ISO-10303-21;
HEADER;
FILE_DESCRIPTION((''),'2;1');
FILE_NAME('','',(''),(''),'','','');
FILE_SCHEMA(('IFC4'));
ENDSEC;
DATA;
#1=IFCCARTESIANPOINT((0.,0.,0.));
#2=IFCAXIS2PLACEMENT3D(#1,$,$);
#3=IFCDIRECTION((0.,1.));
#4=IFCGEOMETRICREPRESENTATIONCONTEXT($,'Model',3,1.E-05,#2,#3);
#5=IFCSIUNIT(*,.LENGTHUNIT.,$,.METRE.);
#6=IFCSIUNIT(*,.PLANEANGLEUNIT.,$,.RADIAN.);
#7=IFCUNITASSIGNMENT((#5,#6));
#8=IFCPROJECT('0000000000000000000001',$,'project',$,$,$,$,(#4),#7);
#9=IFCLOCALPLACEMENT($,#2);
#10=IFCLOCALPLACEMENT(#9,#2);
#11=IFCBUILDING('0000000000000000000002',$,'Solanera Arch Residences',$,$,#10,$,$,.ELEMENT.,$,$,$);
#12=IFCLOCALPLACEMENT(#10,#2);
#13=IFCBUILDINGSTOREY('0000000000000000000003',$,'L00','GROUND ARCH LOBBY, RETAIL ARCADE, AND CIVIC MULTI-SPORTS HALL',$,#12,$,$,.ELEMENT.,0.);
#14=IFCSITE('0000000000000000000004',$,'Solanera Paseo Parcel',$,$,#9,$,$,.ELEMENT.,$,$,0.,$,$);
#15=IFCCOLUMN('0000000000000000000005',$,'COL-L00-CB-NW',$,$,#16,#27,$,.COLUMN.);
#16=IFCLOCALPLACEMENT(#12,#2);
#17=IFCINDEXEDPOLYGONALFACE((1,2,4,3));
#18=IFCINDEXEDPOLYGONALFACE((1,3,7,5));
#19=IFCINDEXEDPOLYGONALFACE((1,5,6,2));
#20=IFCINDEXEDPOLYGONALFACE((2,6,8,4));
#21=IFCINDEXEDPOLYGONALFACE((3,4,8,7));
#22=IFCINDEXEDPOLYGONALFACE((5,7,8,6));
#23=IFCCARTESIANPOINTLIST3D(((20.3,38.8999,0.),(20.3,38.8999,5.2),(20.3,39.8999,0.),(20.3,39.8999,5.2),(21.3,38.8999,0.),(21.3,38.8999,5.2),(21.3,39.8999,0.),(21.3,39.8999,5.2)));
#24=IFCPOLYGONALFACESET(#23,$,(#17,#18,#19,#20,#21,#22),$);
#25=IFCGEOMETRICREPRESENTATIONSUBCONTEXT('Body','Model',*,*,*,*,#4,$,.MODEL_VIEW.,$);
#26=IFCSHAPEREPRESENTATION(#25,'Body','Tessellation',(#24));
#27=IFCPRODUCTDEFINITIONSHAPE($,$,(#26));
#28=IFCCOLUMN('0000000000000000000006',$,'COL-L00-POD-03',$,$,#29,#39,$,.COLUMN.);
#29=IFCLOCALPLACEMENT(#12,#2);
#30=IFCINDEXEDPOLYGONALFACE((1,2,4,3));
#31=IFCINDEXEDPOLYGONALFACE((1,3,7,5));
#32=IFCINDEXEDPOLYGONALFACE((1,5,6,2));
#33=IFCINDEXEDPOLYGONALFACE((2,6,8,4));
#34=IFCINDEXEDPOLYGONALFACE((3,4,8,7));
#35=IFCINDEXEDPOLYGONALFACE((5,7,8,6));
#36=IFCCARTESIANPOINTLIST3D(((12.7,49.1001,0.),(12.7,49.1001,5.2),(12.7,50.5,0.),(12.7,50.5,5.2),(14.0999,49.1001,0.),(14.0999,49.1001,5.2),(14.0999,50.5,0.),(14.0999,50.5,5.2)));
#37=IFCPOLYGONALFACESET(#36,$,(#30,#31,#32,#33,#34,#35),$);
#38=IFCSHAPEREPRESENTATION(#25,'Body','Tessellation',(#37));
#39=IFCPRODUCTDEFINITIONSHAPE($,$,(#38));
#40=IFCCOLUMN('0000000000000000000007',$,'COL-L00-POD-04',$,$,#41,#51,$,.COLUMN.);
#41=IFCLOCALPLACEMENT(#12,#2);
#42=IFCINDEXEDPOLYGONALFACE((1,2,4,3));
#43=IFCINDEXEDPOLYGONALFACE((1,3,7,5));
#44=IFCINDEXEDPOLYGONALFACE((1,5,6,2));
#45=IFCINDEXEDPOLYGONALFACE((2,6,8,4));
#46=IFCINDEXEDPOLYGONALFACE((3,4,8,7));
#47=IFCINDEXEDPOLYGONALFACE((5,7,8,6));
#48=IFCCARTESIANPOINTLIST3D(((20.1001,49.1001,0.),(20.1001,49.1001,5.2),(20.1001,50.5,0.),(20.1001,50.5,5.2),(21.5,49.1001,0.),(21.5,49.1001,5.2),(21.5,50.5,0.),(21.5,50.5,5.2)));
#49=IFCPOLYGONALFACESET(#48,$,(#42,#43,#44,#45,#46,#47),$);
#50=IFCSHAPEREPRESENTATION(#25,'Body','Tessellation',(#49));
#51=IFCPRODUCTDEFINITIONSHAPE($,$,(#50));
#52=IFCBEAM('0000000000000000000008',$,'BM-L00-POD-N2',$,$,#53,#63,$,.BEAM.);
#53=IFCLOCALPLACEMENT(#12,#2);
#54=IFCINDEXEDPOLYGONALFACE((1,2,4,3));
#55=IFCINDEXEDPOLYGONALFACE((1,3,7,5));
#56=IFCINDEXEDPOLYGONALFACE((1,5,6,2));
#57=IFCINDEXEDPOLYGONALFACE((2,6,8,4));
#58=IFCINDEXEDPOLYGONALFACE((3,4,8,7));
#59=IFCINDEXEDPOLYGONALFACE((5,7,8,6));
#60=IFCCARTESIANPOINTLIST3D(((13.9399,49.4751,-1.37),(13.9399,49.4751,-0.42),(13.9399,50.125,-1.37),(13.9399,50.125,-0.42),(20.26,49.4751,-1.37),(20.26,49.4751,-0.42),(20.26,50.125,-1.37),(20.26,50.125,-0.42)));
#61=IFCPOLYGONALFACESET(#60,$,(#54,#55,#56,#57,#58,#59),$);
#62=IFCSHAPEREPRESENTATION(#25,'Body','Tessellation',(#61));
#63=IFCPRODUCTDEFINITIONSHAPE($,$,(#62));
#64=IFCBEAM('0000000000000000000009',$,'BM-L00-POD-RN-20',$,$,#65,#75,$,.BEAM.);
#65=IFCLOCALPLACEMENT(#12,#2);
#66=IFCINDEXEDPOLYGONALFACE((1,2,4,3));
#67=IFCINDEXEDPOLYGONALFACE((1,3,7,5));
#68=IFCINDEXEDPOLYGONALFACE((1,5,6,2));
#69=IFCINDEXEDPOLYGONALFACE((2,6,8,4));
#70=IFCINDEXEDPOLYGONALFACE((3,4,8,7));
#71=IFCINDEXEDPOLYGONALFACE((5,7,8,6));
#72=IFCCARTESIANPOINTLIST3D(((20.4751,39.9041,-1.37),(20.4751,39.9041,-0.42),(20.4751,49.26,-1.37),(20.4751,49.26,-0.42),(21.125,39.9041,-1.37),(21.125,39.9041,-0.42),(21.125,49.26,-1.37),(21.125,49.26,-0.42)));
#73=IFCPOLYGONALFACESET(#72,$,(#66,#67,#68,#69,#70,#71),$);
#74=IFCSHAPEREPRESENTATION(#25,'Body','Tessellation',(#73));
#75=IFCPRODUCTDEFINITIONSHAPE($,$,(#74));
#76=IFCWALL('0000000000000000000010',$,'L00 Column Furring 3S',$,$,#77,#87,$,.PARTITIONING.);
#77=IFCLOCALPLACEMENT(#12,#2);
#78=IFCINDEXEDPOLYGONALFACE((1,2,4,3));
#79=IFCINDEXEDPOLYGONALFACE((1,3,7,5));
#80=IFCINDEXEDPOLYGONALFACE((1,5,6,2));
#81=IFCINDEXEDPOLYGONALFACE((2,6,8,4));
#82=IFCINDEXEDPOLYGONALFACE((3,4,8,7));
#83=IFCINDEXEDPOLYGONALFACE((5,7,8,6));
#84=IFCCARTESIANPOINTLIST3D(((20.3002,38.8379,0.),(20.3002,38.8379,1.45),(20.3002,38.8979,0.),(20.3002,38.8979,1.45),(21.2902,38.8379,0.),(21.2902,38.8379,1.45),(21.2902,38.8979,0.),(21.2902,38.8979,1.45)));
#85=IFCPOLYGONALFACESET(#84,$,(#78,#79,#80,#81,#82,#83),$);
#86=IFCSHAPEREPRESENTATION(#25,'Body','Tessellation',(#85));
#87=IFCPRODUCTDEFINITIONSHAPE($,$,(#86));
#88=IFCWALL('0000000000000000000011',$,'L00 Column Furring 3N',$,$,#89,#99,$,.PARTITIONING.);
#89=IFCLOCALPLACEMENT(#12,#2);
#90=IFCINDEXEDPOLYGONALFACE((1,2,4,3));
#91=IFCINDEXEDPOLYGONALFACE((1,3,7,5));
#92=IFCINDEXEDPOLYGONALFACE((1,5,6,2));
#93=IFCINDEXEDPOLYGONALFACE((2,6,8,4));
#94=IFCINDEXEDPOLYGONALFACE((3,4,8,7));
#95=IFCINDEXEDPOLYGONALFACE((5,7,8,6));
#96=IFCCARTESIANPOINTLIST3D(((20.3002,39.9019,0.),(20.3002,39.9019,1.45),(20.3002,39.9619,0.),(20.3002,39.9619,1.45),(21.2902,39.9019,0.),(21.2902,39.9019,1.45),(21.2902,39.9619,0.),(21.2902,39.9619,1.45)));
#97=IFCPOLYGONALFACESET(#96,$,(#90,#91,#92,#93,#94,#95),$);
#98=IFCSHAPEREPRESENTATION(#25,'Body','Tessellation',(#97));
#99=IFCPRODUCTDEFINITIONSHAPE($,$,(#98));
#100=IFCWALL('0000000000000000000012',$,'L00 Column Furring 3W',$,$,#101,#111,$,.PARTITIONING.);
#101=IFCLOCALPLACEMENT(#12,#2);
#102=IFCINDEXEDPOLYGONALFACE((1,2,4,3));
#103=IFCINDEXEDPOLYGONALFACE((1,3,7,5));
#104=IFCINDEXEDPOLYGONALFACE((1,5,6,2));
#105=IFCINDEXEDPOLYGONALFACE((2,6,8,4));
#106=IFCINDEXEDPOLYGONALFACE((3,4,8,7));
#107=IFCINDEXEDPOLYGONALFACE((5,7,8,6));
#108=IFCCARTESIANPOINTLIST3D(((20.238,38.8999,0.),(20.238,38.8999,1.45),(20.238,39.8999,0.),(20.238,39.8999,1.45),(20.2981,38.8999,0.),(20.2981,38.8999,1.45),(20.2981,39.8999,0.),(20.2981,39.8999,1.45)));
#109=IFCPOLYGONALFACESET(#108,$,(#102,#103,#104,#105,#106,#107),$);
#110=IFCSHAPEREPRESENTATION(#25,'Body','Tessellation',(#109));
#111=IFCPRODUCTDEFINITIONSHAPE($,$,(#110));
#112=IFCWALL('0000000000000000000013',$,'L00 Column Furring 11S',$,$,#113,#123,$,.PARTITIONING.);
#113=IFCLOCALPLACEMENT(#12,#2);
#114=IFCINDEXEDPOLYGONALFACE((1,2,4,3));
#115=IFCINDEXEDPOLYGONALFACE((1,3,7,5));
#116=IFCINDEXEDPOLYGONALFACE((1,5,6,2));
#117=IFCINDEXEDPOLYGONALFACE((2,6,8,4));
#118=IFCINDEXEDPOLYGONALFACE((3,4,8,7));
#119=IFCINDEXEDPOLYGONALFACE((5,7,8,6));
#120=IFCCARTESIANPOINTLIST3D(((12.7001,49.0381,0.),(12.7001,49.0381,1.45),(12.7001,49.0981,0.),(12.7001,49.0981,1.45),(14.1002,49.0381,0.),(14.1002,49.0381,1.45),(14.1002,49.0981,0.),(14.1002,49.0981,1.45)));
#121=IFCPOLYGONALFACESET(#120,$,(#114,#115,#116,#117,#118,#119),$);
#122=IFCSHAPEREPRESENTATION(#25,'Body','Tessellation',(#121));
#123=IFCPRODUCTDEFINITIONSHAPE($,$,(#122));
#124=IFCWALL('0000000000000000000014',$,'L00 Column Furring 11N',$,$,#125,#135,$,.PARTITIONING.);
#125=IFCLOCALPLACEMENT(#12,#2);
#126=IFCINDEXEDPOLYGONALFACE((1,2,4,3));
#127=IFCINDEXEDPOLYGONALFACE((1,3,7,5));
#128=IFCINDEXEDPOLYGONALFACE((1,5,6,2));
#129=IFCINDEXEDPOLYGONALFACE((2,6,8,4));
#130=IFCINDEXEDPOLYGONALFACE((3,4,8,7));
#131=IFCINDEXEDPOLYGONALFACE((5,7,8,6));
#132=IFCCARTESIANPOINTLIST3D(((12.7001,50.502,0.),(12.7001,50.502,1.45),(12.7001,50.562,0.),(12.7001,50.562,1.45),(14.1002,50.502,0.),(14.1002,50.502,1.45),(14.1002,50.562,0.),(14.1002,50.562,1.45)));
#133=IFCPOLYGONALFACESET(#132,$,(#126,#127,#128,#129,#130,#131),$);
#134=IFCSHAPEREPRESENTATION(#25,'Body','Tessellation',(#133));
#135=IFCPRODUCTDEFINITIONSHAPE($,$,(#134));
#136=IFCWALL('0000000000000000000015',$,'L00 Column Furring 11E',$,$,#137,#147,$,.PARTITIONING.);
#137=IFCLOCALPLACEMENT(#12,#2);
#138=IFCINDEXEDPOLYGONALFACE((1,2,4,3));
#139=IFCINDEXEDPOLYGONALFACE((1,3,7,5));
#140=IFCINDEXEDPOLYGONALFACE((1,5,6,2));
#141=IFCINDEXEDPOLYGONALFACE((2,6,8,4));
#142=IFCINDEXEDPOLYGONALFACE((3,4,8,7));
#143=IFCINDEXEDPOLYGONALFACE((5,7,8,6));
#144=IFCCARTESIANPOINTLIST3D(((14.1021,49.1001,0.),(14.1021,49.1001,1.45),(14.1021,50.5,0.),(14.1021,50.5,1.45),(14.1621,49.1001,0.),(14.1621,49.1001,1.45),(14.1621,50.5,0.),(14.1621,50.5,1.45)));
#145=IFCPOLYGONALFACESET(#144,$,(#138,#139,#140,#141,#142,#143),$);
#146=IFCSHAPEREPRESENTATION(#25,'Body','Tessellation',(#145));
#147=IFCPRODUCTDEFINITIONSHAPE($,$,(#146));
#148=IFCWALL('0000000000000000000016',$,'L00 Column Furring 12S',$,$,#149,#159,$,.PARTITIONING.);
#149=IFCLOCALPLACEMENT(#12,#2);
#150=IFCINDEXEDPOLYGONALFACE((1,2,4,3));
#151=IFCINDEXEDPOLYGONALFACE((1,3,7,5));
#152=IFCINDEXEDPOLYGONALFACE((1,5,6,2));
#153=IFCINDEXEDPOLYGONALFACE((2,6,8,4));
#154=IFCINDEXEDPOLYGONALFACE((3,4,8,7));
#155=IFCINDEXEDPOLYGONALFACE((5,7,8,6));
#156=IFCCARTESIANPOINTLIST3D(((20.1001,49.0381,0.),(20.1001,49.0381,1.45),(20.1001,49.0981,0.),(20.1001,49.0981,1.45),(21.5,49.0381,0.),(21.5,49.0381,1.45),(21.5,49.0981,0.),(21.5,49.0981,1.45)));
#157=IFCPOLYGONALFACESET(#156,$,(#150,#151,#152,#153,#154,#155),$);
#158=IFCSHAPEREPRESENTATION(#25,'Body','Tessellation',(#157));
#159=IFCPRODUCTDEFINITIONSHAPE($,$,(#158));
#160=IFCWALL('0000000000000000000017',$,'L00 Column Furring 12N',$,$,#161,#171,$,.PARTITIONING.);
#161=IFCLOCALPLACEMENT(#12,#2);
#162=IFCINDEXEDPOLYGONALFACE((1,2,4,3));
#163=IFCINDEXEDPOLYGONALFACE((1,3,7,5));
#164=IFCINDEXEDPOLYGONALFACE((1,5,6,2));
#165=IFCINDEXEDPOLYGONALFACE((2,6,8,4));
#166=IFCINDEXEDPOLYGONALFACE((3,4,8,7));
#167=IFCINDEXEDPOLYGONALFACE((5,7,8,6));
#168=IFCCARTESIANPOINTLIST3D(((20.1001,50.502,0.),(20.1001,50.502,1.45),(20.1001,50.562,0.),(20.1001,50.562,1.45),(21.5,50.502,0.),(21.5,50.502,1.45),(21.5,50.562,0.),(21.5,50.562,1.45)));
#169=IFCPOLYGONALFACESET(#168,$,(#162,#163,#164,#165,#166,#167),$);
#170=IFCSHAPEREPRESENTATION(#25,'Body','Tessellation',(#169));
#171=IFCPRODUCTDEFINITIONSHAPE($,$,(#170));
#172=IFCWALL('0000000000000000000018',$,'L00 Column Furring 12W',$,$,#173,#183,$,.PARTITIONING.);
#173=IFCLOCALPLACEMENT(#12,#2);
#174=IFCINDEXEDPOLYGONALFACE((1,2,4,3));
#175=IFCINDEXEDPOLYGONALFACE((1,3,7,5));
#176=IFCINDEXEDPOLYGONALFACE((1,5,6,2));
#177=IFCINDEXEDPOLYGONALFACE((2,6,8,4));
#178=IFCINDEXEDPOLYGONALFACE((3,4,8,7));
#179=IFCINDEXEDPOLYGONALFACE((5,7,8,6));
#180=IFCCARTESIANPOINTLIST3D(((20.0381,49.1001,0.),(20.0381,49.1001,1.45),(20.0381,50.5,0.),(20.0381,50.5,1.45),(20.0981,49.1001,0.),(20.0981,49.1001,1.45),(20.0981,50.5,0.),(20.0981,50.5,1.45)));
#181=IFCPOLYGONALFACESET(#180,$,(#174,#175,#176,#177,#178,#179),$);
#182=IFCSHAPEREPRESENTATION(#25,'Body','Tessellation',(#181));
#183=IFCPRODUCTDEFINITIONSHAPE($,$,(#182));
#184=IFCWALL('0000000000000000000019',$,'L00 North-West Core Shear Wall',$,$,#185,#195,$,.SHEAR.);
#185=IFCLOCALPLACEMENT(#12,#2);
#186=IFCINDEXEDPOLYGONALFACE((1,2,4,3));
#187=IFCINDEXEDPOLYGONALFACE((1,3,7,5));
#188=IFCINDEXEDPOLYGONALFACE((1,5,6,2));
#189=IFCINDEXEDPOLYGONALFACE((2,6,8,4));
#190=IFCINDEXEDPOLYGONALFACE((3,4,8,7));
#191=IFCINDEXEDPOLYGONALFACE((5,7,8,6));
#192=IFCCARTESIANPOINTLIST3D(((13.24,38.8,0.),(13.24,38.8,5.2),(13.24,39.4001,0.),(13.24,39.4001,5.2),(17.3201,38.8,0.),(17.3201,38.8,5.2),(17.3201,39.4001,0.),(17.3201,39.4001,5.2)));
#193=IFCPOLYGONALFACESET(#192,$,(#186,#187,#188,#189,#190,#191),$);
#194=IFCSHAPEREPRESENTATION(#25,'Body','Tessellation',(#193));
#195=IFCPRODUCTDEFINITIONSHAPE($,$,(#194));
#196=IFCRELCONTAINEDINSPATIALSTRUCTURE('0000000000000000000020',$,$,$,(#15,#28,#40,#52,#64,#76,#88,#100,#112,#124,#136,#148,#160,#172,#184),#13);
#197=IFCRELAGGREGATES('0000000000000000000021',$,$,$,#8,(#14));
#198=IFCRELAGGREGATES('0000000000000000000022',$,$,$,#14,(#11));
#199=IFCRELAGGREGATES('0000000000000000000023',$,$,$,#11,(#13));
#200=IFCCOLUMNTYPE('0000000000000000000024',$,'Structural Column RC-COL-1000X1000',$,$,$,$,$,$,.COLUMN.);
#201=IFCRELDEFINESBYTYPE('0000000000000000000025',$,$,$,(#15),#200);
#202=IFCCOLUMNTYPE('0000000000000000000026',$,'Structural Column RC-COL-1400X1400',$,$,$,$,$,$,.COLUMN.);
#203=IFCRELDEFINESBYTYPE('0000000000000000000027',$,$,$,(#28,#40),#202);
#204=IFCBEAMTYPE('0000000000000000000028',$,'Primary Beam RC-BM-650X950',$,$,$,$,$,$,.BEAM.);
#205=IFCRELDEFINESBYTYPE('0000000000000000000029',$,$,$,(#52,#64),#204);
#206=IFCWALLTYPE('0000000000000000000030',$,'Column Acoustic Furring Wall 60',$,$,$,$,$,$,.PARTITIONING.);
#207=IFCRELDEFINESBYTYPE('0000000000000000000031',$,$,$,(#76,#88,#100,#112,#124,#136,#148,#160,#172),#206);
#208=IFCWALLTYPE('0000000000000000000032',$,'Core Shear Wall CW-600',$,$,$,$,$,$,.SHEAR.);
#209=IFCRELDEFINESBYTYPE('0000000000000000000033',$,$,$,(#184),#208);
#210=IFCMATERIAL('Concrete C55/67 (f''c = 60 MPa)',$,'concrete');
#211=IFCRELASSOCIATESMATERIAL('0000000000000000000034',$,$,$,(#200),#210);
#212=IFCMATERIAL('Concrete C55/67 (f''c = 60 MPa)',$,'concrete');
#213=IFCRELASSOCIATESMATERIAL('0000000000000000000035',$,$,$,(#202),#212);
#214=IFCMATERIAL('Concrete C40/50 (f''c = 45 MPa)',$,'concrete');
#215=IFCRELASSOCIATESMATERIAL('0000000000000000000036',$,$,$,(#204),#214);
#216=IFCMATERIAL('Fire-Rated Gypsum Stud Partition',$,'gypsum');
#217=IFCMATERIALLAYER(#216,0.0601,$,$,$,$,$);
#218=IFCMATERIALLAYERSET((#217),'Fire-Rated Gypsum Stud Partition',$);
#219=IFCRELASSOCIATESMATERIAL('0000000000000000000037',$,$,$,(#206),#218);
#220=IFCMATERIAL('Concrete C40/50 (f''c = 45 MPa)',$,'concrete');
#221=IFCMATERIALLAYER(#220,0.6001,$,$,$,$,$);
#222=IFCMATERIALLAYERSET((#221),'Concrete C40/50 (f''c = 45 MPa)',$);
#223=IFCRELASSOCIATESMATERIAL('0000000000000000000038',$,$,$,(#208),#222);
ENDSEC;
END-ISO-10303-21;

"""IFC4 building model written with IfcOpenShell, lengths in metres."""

from ifc_helpers import new_model, si_unit, direction, frame, frame_2d, origin, origin_2d, place, context, subcontext, project, spatial, rectangle, extrude, material, layer, layer_set, material_profile, profile_set, type_object, element, save


model = new_model("IFC4")

# Units and contexts
model_context = context("Model", 3, precision=1e-05, world=origin(), true_north=direction((0.0, 1.0)))
body_context = subcontext(model_context, "Body", "Model", "MODEL_VIEW")
ifc_project = project(units=[si_unit("LENGTHUNIT", "METRE"), si_unit("PLANEANGLEUNIT", "RADIAN")], contexts=[model_context])

# Site, building, storey
site_placement = place(None, origin())
site = spatial("IfcSite", under=ifc_project, at=site_placement, Name="Solanera Paseo Parcel", CompositionType="ELEMENT", RefElevation=0.0)
building_placement = place(site_placement, origin())
building = spatial("IfcBuilding", under=site, at=building_placement, Name="Solanera Arch Residences", CompositionType="ELEMENT")
storey_placement = place(building_placement, origin())
storey = spatial("IfcBuildingStorey", under=building, at=storey_placement, Name="L00", Description="GROUND ARCH LOBBY, RETAIL ARCADE, AND CIVIC MULTI-SPORTS HALL", CompositionType="ELEMENT", Elevation=0.0)

# Columns
ifc_material_1 = material(Name="Concrete C55/67 (f'c = 60 MPa)", Category="concrete")
ifc_material_profile_1 = material_profile(ifc_material_1, rectangle(XDim=1.0, YDim=1.0, at=origin_2d()))
ifc_profile_set_1 = profile_set([ifc_material_profile_1], Name="Concrete C55/67 (f'c = 60 MPa)")
column_type_1 = type_object("IfcColumnType", Name="Structural Column RC-COL-1000X1000", PredefinedType="COLUMN", material=ifc_profile_set_1)
column_placement = place(storey_placement, frame((20.8, 39.3999, 0.0), z_axis=(0.0, 0.0, 1.0), x_axis=(1.0, 0.0, 0.0)))
element("IfcColumn", 1, at=column_placement, inside=storey, type_object=column_type_1, Name="COL-L00-CB-NW", PredefinedType="COLUMN", context=body_context, shape_type="SweptSolid", body=[
    extrude(rectangle(XDim=1.0, YDim=1.0, at=origin_2d()), origin(), (0.0, 0.0, 1.0), 5.2),
])
ifc_material_2 = material(Name="Concrete C55/67 (f'c = 60 MPa)", Category="concrete")
ifc_material_profile_2 = material_profile(ifc_material_2, rectangle(XDim=1.3999, YDim=1.3999, at=origin_2d()))
ifc_profile_set_2 = profile_set([ifc_material_profile_2], Name="Concrete C55/67 (f'c = 60 MPa)")
column_type_2 = type_object("IfcColumnType", Name="Structural Column RC-COL-1400X1400", PredefinedType="COLUMN", material=ifc_profile_set_2)
for number, where, z_axis, x_axis, name in (
    (2, (13.3999, 49.8, 0.0), (0.0, 0.0, 1.0), (1.0, 0.0, 0.0), "COL-L00-POD-03"),
    (3, (20.8, 49.8, 0.0), (0.0, 0.0, 1.0), (1.0, 0.0, 0.0), "COL-L00-POD-04"),
):
    element("IfcColumn", number, at=place(storey_placement, frame(where, z_axis=z_axis, x_axis=x_axis)), inside=storey, type_object=column_type_2, Name=name, PredefinedType="COLUMN", context=body_context, shape_type="SweptSolid", body=[
        extrude(rectangle(XDim=1.3999, YDim=1.3999, at=origin_2d()), origin(), (0.0, 0.0, 1.0), 5.2),
    ])

# Beams
ifc_material_3 = material(Name="Concrete C40/50 (f'c = 45 MPa)", Category="concrete")
ifc_material_profile_3 = material_profile(ifc_material_3, rectangle(XDim=0.6499, YDim=0.95, at=origin_2d()))
ifc_profile_set_3 = profile_set([ifc_material_profile_3], Name="Concrete C40/50 (f'c = 45 MPa)")
beam_type = type_object("IfcBeamType", Name="Primary Beam RC-BM-650X950", PredefinedType="BEAM", material=ifc_profile_set_3)
beam_1_placement = place(storey_placement, frame((13.9399, 49.8, -0.895), z_axis=(1.0, 0.0, 0.0), x_axis=(0.0, 1.0, 0.0)))
element("IfcBeam", 4, at=beam_1_placement, inside=storey, type_object=beam_type, Name="BM-L00-POD-N2", PredefinedType="BEAM", context=body_context, shape_type="SweptSolid", body=[
    extrude(rectangle(XDim=0.6499, YDim=0.95, at=origin_2d()), origin(), (0.0, 0.0, 1.0), 6.3201),
])
beam_2_placement = place(storey_placement, frame((20.8, 39.9041, -0.895), z_axis=(0.0, 1.0, 0.0), x_axis=(-1.0, 0.0, 0.0)))
element("IfcBeam", 5, at=beam_2_placement, inside=storey, type_object=beam_type, Name="BM-L00-POD-RN-20", PredefinedType="BEAM", context=body_context, shape_type="SweptSolid", body=[
    extrude(rectangle(XDim=0.6499, YDim=0.95, at=origin_2d()), origin(), (0.0, 0.0, 1.0), 9.356),
])

# Walls
ifc_material_4 = material(Name="Fire-Rated Gypsum Stud Partition", Category="gypsum")
ifc_layer_1 = layer(ifc_material_4, 0.0601)
ifc_layer_set_1 = layer_set([ifc_layer_1], Name="Fire-Rated Gypsum Stud Partition")
wall_type_1 = type_object("IfcWallType", Name="Column Acoustic Furring Wall 60", PredefinedType="PARTITIONING", material=ifc_layer_set_1)
for number, where, z_axis, x_axis, name in (
    (6, (20.3, 38.8679, 0.0), (0.0, 0.0, 1.0), (1.0, 0.0, 0.0), "L00 Column Furring 3S"),
    (7, (20.3, 39.9319, 0.0), (0.0, 0.0, 1.0), (1.0, 0.0, 0.0), "L00 Column Furring 3N"),
):
    element("IfcWall", number, at=place(storey_placement, frame(where, z_axis=z_axis, x_axis=x_axis)), inside=storey, type_object=wall_type_1, Name=name, PredefinedType="PARTITIONING", context=body_context, shape_type="SweptSolid", body=[
        extrude(rectangle(XDim=0.99, YDim=0.0601, at=frame_2d((0.4951, 0.0))), origin(), (0.0, 0.0, 1.0), 1.45),
    ])
wall_1_placement = place(storey_placement, frame((20.2681, 38.8999, 0.0), z_axis=(0.0, 0.0, 1.0), x_axis=(0.0, 1.0, 0.0)))
element("IfcWall", 8, at=wall_1_placement, inside=storey, type_object=wall_type_1, Name="L00 Column Furring 3W", PredefinedType="PARTITIONING", context=body_context, shape_type="SweptSolid", body=[
    extrude(rectangle(XDim=1.0, YDim=0.0601, at=frame_2d((0.5, 0.0))), origin(), (0.0, 0.0, 1.0), 1.45),
])
for number, where, z_axis, x_axis, name in (
    (9, (12.7, 49.0681, 0.0), (0.0, 0.0, 1.0), (1.0, 0.0, 0.0), "L00 Column Furring 11S"),
    (10, (12.7, 50.532, 0.0), (0.0, 0.0, 1.0), (1.0, 0.0, 0.0), "L00 Column Furring 11N"),
):
    element("IfcWall", number, at=place(storey_placement, frame(where, z_axis=z_axis, x_axis=x_axis)), inside=storey, type_object=wall_type_1, Name=name, PredefinedType="PARTITIONING", context=body_context, shape_type="SweptSolid", body=[
        extrude(rectangle(XDim=1.4001, YDim=0.0601, at=frame_2d((0.7002, 0.0))), origin(), (0.0, 0.0, 1.0), 1.45),
    ])
for number, where, z_axis, x_axis, name in (
    (11, (14.1321, 49.1001, 0.0), (0.0, 0.0, 1.0), (0.0, 1.0, 0.0), "L00 Column Furring 11E"),
    (12, (20.1001, 49.0681, 0.0), (0.0, 0.0, 1.0), (1.0, 0.0, 0.0), "L00 Column Furring 12S"),
    (13, (20.1001, 50.532, 0.0), (0.0, 0.0, 1.0), (1.0, 0.0, 0.0), "L00 Column Furring 12N"),
    (14, (20.0681, 49.1001, 0.0), (0.0, 0.0, 1.0), (0.0, 1.0, 0.0), "L00 Column Furring 12W"),
):
    element("IfcWall", number, at=place(storey_placement, frame(where, z_axis=z_axis, x_axis=x_axis)), inside=storey, type_object=wall_type_1, Name=name, PredefinedType="PARTITIONING", context=body_context, shape_type="SweptSolid", body=[
        extrude(rectangle(XDim=1.3999, YDim=0.0601, at=frame_2d((0.7, 0.0))), origin(), (0.0, 0.0, 1.0), 1.45),
    ])
ifc_material_5 = material(Name="Concrete C40/50 (f'c = 45 MPa)", Category="concrete")
ifc_layer_2 = layer(ifc_material_5, 0.6001)
ifc_layer_set_2 = layer_set([ifc_layer_2], Name="Concrete C40/50 (f'c = 45 MPa)")
wall_type_2 = type_object("IfcWallType", Name="Core Shear Wall CW-600", PredefinedType="SHEAR", material=ifc_layer_set_2)
wall_2_placement = place(storey_placement, frame((13.24, 39.1001, 0.0), z_axis=(0.0, 0.0, 1.0), x_axis=(1.0, 0.0, 0.0)))
element("IfcWall", 15, at=wall_2_placement, inside=storey, type_object=wall_type_2, Name="L00 North-West Core Shear Wall", PredefinedType="SHEAR", context=body_context, shape_type="SweptSolid", body=[
    extrude(rectangle(XDim=4.0801, YDim=0.6001, at=frame_2d((2.04, 0.0))), origin(), (0.0, 0.0, 1.0), 5.2),
])

save(model, "model.ifc")
